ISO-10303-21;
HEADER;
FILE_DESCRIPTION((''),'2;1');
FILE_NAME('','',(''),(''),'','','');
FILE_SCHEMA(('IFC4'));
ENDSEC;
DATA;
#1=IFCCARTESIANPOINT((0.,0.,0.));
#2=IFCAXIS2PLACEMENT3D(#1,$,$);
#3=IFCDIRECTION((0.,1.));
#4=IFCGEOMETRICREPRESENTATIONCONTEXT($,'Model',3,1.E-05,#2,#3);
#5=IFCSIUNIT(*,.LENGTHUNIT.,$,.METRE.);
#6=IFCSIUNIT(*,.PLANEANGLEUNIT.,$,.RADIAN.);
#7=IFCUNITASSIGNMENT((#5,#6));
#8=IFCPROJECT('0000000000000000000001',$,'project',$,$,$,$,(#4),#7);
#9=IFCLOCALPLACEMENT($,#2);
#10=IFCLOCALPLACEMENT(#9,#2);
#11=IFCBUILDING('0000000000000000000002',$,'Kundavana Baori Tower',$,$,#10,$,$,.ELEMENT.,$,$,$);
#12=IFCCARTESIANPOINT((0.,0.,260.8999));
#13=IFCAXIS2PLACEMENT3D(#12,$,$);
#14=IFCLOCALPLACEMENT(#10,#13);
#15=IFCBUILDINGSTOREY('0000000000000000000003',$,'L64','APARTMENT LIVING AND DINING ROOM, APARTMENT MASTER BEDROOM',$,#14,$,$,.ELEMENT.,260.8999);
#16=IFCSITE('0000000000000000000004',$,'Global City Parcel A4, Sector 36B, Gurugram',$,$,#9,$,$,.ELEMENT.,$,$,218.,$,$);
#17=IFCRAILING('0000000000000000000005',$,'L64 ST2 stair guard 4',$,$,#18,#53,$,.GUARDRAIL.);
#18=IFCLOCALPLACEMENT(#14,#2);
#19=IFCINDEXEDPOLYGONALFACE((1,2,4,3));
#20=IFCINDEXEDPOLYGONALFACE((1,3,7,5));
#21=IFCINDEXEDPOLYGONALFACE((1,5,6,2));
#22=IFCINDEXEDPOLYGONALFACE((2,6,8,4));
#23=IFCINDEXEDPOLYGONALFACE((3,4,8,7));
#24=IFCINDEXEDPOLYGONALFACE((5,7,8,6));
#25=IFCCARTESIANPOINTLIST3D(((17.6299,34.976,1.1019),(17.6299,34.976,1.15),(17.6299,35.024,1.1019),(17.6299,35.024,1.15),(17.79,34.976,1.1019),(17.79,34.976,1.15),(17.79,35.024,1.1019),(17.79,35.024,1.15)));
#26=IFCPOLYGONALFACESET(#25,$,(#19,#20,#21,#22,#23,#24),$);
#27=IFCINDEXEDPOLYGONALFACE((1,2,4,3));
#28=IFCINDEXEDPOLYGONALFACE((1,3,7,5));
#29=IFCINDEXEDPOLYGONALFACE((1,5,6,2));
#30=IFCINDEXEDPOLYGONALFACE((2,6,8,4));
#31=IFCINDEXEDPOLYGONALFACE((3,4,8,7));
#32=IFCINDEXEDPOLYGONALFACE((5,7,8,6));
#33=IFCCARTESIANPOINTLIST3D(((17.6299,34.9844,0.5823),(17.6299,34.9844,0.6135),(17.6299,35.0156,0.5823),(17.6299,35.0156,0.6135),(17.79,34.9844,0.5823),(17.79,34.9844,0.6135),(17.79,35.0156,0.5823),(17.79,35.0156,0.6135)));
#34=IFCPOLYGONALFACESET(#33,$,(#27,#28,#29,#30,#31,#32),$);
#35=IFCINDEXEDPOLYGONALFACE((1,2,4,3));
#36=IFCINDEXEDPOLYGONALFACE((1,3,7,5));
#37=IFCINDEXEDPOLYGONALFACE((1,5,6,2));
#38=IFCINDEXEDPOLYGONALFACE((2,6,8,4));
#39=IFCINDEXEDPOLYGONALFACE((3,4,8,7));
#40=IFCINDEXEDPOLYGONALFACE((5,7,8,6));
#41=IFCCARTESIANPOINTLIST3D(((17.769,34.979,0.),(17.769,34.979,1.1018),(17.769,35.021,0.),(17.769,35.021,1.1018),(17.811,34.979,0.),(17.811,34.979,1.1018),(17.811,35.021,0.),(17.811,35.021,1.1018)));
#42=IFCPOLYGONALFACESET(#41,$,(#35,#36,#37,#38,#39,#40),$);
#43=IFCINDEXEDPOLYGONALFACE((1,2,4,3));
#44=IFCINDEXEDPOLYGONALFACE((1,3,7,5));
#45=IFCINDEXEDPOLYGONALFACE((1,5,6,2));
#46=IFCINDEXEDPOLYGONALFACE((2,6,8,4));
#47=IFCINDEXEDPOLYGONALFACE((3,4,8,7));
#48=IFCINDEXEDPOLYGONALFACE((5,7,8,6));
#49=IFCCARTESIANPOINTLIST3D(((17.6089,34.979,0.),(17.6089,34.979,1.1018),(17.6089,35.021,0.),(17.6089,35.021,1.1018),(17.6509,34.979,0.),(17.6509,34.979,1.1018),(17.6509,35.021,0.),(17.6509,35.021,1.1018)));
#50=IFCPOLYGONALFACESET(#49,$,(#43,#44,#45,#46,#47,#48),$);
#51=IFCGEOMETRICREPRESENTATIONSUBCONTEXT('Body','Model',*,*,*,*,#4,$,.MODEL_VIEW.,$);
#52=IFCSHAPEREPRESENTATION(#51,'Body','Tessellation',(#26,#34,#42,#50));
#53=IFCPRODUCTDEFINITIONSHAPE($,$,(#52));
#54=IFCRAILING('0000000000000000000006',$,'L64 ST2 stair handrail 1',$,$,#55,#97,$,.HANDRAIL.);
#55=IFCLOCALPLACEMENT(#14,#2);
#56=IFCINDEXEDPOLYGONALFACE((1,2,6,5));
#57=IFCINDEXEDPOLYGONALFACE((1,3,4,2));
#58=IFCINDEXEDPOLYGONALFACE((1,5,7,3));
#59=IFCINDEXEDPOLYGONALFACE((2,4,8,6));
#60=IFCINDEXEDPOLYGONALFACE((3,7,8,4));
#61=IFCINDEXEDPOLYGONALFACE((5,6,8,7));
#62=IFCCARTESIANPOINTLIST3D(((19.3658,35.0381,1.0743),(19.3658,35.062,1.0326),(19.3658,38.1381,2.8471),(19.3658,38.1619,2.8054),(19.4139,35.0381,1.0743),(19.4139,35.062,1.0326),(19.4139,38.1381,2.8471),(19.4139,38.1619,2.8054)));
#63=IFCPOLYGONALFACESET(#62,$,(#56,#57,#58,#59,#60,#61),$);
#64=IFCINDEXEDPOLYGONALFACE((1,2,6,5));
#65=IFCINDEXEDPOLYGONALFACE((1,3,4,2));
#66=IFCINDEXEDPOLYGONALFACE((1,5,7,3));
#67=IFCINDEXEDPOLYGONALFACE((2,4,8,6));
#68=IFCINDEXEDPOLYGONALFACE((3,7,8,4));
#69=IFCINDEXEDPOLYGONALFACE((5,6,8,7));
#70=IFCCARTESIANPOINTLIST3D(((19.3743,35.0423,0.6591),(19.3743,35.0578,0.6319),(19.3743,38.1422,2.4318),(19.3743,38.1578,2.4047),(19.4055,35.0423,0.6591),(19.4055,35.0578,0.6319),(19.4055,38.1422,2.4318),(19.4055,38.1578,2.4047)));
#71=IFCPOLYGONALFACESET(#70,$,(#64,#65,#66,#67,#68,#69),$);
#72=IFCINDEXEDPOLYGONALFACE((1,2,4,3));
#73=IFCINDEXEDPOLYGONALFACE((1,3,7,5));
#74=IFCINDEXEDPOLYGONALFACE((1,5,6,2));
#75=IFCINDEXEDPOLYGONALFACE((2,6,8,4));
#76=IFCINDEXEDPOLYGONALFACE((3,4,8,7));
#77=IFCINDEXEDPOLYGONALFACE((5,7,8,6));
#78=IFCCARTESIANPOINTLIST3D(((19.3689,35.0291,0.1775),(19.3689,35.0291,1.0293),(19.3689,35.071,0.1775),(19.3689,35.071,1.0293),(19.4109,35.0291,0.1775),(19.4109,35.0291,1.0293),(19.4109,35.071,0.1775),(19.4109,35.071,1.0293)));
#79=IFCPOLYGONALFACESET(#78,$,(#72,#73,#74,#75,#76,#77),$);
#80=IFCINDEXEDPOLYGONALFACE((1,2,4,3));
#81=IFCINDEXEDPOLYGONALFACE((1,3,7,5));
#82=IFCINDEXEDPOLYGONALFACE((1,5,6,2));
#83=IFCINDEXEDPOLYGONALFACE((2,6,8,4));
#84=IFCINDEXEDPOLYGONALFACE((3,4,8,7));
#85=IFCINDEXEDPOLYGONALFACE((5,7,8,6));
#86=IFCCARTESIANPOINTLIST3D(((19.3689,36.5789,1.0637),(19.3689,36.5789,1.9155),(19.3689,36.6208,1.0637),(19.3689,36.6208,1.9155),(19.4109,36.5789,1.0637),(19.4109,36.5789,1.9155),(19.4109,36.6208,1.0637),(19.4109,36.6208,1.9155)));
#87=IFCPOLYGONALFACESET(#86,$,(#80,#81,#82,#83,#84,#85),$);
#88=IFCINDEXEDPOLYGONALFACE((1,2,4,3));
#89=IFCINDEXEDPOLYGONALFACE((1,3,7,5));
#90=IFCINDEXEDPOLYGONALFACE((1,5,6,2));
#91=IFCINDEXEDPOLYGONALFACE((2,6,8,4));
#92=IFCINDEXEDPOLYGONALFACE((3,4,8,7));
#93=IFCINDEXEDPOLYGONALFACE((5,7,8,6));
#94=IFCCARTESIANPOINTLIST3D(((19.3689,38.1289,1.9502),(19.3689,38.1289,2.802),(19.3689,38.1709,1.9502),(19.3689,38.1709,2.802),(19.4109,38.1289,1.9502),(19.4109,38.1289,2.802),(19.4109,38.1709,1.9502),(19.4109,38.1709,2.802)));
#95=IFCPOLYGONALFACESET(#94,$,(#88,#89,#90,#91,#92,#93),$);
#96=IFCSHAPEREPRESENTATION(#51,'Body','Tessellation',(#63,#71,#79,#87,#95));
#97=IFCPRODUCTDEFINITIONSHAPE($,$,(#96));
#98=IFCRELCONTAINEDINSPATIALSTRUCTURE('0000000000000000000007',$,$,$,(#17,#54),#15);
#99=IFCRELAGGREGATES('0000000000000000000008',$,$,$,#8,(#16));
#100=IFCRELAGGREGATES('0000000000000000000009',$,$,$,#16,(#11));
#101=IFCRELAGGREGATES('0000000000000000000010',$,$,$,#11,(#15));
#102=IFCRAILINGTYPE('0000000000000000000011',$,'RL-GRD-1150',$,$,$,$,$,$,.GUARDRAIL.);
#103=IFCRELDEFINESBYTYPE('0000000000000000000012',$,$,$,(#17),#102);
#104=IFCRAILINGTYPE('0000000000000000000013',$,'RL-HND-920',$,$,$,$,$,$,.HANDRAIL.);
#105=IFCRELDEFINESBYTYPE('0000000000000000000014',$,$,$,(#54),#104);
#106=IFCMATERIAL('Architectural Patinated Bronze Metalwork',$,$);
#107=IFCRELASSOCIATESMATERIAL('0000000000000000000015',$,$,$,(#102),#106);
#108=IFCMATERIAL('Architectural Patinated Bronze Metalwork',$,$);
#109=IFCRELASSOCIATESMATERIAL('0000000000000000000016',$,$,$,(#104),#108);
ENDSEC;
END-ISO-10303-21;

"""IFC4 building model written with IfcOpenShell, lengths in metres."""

from ifc_helpers import new_model, si_unit, direction, frame, origin, origin_2d, place, context, subcontext, project, spatial, rectangle, extrude, material, type_object, element, save


model = new_model("IFC4")

# Units and contexts
model_context = context("Model", 3, precision=1e-05, world=origin(), true_north=direction((0.0, 1.0)))
body_context = subcontext(model_context, "Body", "Model", "MODEL_VIEW")
ifc_project = project(units=[si_unit("LENGTHUNIT", "METRE"), si_unit("PLANEANGLEUNIT", "RADIAN")], contexts=[model_context])

# Site, building, storey
site_placement = place(None, origin())
site = spatial("IfcSite", under=ifc_project, at=site_placement, Name="Global City Parcel A4, Sector 36B, Gurugram", CompositionType="ELEMENT", RefElevation=218.0)
building_placement = place(site_placement, origin())
building = spatial("IfcBuilding", under=site, at=building_placement, Name="Kundavana Baori Tower", CompositionType="ELEMENT")
storey_placement = place(building_placement, frame((0.0, 0.0, 260.8999)))
storey = spatial("IfcBuildingStorey", under=building, at=storey_placement, Name="L64", Description="APARTMENT LIVING AND DINING ROOM, APARTMENT MASTER BEDROOM", CompositionType="ELEMENT", Elevation=260.8999)

# Railings
ifc_material_1 = material(Name="Architectural Patinated Bronze Metalwork")
railing_type_1 = type_object("IfcRailingType", Name="RL-GRD-1150", PredefinedType="GUARDRAIL", material=ifc_material_1)
railing_1_placement = place(storey_placement, frame((17.79, 35.0, 0.0)))
element("IfcRailing", 1, at=railing_1_placement, inside=storey, type_object=railing_type_1, Name="L64 ST2 stair guard 4", PredefinedType="GUARDRAIL", context=body_context, shape_type="SweptSolid", body=[
    extrude(rectangle(XDim=0.0481, YDim=0.0481, at=origin_2d()), frame((0.0, 0.0, 1.126), z_axis=(-1.0, 0.0, 0.0), x_axis=(0.0, -1.0, 0.0)), (0.0, 0.0, 1.0), 0.1602),
    extrude(rectangle(XDim=0.0312, YDim=0.0312, at=origin_2d()), frame((0.0, 0.0, 0.5979), z_axis=(-1.0, 0.0, 0.0), x_axis=(0.0, -1.0, 0.0)), (0.0, 0.0, 1.0), 0.1602),
    extrude(rectangle(XDim=0.042, YDim=0.042, at=origin_2d()), origin(), (0.0, 0.0, 1.0), 1.1018),
    extrude(rectangle(XDim=0.042, YDim=0.042, at=origin_2d()), frame((-0.1602, 0.0, 0.0)), (0.0, 0.0, 1.0), 1.1018),
])
ifc_material_2 = material(Name="Architectural Patinated Bronze Metalwork")
railing_type_2 = type_object("IfcRailingType", Name="RL-HND-920", PredefinedType="HANDRAIL", material=ifc_material_2)
railing_2_placement = place(storey_placement, frame((19.3899, 35.05, 0.1775)))
element("IfcRailing", 2, at=railing_2_placement, inside=storey, type_object=railing_type_2, Name="L64 ST2 stair handrail 1", PredefinedType="HANDRAIL", context=body_context, shape_type="SweptSolid", body=[
    extrude(rectangle(XDim=0.0481, YDim=0.0481, at=origin_2d()), frame((0.0, 0.0, 0.876), z_axis=(0.0, 0.868079, 0.496426), x_axis=(-1.0, 0.0, 0.0)), (0.0, 0.0, 1.0), 3.571),
    extrude(rectangle(XDim=0.0312, YDim=0.0312, at=origin_2d()), frame((0.0, 0.0, 0.468), z_axis=(0.0, 0.868079, 0.496426), x_axis=(-1.0, 0.0, 0.0)), (0.0, 0.0, 1.0), 3.571),
    extrude(rectangle(XDim=0.042, YDim=0.042, at=origin_2d()), origin(), (0.0, 0.0, 1.0), 0.8518),
    extrude(rectangle(XDim=0.042, YDim=0.042, at=origin_2d()), frame((0.0, 1.5498, 0.8862)), (0.0, 0.0, 1.0), 0.8518),
    extrude(rectangle(XDim=0.042, YDim=0.042, at=origin_2d()), frame((0.0, 3.0999, 1.7727)), (0.0, 0.0, 1.0), 0.8518),
])

save(model, "model.ifc")
